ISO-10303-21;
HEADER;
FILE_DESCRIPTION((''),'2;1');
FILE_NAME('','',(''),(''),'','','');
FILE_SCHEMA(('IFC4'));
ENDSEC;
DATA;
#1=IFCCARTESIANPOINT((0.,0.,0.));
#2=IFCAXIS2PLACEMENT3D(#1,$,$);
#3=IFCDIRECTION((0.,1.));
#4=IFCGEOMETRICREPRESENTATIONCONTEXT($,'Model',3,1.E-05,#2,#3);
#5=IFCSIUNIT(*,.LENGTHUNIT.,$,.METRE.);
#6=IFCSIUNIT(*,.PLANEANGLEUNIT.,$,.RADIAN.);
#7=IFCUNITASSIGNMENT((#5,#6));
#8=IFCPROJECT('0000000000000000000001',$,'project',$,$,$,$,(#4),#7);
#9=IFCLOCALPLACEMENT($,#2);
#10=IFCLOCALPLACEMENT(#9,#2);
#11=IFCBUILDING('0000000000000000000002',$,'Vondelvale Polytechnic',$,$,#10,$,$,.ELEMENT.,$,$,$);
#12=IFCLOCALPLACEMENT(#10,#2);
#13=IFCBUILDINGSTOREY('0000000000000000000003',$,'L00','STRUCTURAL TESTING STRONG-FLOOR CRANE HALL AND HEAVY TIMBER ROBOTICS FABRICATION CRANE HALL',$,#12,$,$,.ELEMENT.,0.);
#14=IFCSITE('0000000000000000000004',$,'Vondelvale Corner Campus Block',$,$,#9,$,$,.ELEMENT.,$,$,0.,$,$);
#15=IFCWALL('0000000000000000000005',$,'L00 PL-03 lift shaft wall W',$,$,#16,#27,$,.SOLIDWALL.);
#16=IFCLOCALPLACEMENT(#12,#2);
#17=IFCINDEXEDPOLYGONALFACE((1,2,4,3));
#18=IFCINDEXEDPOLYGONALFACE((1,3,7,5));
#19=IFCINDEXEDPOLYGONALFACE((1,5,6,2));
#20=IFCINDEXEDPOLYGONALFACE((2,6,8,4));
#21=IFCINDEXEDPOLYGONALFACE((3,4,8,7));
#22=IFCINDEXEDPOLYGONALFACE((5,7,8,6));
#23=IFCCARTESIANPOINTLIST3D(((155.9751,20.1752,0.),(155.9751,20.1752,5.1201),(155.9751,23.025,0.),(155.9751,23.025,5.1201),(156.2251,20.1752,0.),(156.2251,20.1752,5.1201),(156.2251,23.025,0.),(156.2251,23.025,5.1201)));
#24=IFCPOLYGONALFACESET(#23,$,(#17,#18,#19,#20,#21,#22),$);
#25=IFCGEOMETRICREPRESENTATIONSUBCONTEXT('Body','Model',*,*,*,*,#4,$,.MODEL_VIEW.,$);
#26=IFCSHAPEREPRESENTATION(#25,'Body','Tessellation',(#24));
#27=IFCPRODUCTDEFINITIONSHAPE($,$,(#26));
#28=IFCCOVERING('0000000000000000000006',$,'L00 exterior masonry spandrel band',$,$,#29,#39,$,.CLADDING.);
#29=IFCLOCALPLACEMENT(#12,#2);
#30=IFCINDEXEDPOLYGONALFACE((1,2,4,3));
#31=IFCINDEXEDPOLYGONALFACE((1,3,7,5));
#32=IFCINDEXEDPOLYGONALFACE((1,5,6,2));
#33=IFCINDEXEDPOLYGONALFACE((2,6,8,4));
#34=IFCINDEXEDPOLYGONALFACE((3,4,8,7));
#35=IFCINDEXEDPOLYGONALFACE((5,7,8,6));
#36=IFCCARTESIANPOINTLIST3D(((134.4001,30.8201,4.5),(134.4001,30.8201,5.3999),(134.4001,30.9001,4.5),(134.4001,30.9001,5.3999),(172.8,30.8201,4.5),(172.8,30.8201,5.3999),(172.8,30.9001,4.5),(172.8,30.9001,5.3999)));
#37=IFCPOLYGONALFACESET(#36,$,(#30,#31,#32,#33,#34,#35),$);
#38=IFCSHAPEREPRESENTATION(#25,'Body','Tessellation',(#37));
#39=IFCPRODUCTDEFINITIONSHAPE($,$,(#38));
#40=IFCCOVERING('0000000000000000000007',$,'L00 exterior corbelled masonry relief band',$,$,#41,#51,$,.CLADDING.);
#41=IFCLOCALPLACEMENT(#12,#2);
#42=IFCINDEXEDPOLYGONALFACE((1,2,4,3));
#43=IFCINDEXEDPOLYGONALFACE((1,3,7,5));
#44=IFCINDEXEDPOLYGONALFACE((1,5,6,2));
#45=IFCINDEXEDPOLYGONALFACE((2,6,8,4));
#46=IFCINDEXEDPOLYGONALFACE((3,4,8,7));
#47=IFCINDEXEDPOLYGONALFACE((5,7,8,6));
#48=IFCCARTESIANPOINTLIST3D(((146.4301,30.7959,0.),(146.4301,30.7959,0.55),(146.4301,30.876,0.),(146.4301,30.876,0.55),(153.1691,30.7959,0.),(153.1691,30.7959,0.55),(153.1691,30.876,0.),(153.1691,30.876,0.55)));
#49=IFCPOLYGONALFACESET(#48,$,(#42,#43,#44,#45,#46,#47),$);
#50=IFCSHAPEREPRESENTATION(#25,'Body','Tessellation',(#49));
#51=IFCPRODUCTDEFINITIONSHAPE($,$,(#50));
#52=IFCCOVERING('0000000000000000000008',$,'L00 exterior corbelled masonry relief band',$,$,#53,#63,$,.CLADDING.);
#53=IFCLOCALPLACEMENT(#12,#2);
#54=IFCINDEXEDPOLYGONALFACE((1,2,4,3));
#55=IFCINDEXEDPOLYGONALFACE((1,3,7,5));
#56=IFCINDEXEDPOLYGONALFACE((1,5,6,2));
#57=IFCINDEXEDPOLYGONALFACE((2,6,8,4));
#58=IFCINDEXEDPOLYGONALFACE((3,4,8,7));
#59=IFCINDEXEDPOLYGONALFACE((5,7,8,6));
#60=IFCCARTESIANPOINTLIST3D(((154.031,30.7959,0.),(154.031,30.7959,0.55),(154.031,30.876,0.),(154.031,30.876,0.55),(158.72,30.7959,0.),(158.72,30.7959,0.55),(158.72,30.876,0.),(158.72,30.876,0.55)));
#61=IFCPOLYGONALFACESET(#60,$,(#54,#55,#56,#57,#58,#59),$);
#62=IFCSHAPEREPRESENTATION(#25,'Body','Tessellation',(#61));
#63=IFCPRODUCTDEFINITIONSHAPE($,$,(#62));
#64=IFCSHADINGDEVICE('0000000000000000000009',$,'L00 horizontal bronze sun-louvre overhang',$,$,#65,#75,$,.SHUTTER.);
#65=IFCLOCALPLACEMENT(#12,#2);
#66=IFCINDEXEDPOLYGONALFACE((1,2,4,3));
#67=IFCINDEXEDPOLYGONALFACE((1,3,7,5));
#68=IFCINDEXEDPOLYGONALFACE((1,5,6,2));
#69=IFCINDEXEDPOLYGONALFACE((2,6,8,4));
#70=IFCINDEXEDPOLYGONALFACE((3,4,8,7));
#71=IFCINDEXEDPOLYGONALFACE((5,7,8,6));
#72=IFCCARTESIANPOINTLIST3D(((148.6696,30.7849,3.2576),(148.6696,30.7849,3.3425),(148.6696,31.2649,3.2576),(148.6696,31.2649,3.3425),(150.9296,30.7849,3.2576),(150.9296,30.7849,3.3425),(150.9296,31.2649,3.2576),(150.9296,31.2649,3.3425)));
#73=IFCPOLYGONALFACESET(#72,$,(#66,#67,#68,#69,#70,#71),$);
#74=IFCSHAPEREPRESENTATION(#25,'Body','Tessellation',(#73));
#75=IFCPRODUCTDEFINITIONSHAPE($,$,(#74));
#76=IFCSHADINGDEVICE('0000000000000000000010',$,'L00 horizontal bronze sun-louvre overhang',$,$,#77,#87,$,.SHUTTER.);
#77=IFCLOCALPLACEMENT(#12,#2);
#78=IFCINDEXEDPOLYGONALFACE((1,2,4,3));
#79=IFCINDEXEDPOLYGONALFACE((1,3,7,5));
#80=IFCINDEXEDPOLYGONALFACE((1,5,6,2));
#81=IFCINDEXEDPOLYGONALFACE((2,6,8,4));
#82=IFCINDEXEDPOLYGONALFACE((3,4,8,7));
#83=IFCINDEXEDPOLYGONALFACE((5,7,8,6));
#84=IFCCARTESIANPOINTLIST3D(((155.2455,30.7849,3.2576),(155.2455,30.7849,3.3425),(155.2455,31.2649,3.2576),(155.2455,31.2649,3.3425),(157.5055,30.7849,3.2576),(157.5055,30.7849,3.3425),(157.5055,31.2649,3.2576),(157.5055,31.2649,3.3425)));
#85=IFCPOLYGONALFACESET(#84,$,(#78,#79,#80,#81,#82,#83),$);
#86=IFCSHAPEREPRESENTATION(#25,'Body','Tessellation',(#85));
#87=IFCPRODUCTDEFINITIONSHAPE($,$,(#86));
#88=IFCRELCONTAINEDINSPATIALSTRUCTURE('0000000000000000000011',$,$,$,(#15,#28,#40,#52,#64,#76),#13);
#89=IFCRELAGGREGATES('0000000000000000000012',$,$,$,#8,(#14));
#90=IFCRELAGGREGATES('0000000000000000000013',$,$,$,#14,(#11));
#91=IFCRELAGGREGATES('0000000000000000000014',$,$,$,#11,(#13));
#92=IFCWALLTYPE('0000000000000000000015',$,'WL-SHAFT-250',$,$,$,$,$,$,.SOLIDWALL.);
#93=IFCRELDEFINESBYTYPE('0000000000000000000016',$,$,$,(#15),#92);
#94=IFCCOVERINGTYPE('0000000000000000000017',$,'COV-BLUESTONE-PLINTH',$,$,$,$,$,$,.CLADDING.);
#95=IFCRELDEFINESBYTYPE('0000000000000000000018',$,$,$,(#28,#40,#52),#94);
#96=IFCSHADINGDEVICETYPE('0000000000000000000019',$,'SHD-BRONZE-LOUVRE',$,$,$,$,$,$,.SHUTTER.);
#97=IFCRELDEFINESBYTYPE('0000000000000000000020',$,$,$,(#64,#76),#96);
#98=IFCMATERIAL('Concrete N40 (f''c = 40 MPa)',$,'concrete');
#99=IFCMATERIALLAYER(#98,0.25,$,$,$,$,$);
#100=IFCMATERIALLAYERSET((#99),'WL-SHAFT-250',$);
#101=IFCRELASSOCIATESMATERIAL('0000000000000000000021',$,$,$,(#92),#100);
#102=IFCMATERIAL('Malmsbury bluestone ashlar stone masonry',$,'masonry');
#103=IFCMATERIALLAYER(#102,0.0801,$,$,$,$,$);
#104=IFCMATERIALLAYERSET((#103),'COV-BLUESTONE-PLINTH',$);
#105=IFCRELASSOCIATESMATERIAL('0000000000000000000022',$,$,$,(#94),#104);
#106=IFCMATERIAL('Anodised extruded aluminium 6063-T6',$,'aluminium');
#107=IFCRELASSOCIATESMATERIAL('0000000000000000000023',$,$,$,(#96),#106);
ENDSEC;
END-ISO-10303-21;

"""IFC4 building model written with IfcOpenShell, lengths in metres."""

from ifc_helpers import new_model, si_unit, direction, frame, frame_2d, origin, origin_2d, place, context, subcontext, project, spatial, rectangle, extrude, material, layer, layer_set, type_object, element, save


model = new_model("IFC4")

# Units and contexts
model_context = context("Model", 3, precision=1e-05, world=origin(), true_north=direction((0.0, 1.0)))
body_context = subcontext(model_context, "Body", "Model", "MODEL_VIEW")
ifc_project = project(units=[si_unit("LENGTHUNIT", "METRE"), si_unit("PLANEANGLEUNIT", "RADIAN")], contexts=[model_context])

# Site, building, storey
site_placement = place(None, origin())
site = spatial("IfcSite", under=ifc_project, at=site_placement, Name="Vondelvale Corner Campus Block", CompositionType="ELEMENT", RefElevation=0.0)
building_placement = place(site_placement, origin())
building = spatial("IfcBuilding", under=site, at=building_placement, Name="Vondelvale Polytechnic", CompositionType="ELEMENT")
storey_placement = place(building_placement, origin())
storey = spatial("IfcBuildingStorey", under=building, at=storey_placement, Name="L00", Description="STRUCTURAL TESTING STRONG-FLOOR CRANE HALL AND HEAVY TIMBER ROBOTICS FABRICATION CRANE HALL", CompositionType="ELEMENT", Elevation=0.0)

# Shared definitions
ifc_material_1 = material(Name="Concrete N40 (f'c = 40 MPa)", Category="concrete")

# Shared definitions
ifc_material_2 = material(Name="Malmsbury bluestone ashlar stone masonry", Category="masonry")

# Shared definitions
ifc_layer_1 = layer(ifc_material_1, 0.25)
ifc_layer_set_1 = layer_set([ifc_layer_1], Name="WL-SHAFT-250")
wall_type_1 = type_object("IfcWallType", Name="WL-SHAFT-250", PredefinedType="SOLIDWALL", material=ifc_layer_set_1)

# Wall
wall_1_placement = place(storey_placement, frame((156.1001, 23.0249, 0.0), z_axis=(0.0, 0.0, 1.0), x_axis=(0.0, -1.0, 0.0)))
element("IfcWall", 1, at=wall_1_placement, inside=storey, type_object=wall_type_1, Name="L00 PL-03 lift shaft wall W", PredefinedType="SOLIDWALL", context=body_context, shape_type="SweptSolid", body=[
    extrude(rectangle(XDim=2.8499, YDim=0.25, at=frame_2d((1.4248, 0.0))), origin(), (0.0, 0.0, 1.0), 5.1201),
])

# Coverings
ifc_layer_2 = layer(ifc_material_2, 0.0801)
ifc_layer_set_2 = layer_set([ifc_layer_2], Name="COV-BLUESTONE-PLINTH")
covering_type = type_object("IfcCoveringType", Name="COV-BLUESTONE-PLINTH", PredefinedType="CLADDING", material=ifc_layer_set_2)
covering_1_placement = place(storey_placement, frame((153.6001, 30.8601, 4.5), z_axis=(0.0, 0.0, 1.0), x_axis=(1.0, 0.0, 0.0)))
element("IfcCovering", 2, at=covering_1_placement, inside=storey, type_object=covering_type, Name="L00 exterior masonry spandrel band", PredefinedType="CLADDING", context=body_context, shape_type="SweptSolid", body=[
    extrude(rectangle(XDim=38.3999, YDim=0.0801, at=origin_2d()), origin(), (0.0, 0.0, 1.0), 0.8999),
])
covering_2_placement = place(storey_placement, frame((149.7996, 30.8359, 0.0), z_axis=(0.0, 0.0, 1.0), x_axis=(1.0, 0.0, 0.0)))
element("IfcCovering", 3, at=covering_2_placement, inside=storey, type_object=covering_type, Name="L00 exterior corbelled masonry relief band", PredefinedType="CLADDING", context=body_context, shape_type="SweptSolid", body=[
    extrude(rectangle(XDim=6.739, YDim=0.0801, at=origin_2d()), origin(), (0.0, 0.0, 1.0), 0.55),
])
covering_3_placement = place(storey_placement, frame((156.3755, 30.8359, 0.0), z_axis=(0.0, 0.0, 1.0), x_axis=(1.0, 0.0, 0.0)))
element("IfcCovering", 4, at=covering_3_placement, inside=storey, type_object=covering_type, Name="L00 exterior corbelled masonry relief band", PredefinedType="CLADDING", context=body_context, shape_type="SweptSolid", body=[
    extrude(rectangle(XDim=4.689, YDim=0.0801, at=origin_2d()), origin(), (0.0, 0.0, 1.0), 0.55),
])

# Shading devices
ifc_material_3 = material(Name="Anodised extruded aluminium 6063-T6", Category="aluminium")
shading_device_type = type_object("IfcShadingDeviceType", Name="SHD-BRONZE-LOUVRE", PredefinedType="SHUTTER", material=ifc_material_3)
for number, where, z_axis, x_axis, name in (
    (5, (149.7996, 31.0249, 3.2576), (0.0, 0.0, 1.0), (1.0, 0.0, 0.0), "L00 horizontal bronze sun-louvre overhang"),
    (6, (156.3755, 31.0249, 3.2576), (0.0, 0.0, 1.0), (1.0, 0.0, 0.0), "L00 horizontal bronze sun-louvre overhang"),
):
    element("IfcShadingDevice", number, at=place(storey_placement, frame(where, z_axis=z_axis, x_axis=x_axis)), inside=storey, type_object=shading_device_type, Name=name, PredefinedType="SHUTTER", context=body_context, shape_type="SweptSolid", body=[
        extrude(rectangle(XDim=2.26, YDim=0.48, at=origin_2d()), origin(), (0.0, 0.0, 1.0), 0.085),
    ])

save(model, "model.ifc")
